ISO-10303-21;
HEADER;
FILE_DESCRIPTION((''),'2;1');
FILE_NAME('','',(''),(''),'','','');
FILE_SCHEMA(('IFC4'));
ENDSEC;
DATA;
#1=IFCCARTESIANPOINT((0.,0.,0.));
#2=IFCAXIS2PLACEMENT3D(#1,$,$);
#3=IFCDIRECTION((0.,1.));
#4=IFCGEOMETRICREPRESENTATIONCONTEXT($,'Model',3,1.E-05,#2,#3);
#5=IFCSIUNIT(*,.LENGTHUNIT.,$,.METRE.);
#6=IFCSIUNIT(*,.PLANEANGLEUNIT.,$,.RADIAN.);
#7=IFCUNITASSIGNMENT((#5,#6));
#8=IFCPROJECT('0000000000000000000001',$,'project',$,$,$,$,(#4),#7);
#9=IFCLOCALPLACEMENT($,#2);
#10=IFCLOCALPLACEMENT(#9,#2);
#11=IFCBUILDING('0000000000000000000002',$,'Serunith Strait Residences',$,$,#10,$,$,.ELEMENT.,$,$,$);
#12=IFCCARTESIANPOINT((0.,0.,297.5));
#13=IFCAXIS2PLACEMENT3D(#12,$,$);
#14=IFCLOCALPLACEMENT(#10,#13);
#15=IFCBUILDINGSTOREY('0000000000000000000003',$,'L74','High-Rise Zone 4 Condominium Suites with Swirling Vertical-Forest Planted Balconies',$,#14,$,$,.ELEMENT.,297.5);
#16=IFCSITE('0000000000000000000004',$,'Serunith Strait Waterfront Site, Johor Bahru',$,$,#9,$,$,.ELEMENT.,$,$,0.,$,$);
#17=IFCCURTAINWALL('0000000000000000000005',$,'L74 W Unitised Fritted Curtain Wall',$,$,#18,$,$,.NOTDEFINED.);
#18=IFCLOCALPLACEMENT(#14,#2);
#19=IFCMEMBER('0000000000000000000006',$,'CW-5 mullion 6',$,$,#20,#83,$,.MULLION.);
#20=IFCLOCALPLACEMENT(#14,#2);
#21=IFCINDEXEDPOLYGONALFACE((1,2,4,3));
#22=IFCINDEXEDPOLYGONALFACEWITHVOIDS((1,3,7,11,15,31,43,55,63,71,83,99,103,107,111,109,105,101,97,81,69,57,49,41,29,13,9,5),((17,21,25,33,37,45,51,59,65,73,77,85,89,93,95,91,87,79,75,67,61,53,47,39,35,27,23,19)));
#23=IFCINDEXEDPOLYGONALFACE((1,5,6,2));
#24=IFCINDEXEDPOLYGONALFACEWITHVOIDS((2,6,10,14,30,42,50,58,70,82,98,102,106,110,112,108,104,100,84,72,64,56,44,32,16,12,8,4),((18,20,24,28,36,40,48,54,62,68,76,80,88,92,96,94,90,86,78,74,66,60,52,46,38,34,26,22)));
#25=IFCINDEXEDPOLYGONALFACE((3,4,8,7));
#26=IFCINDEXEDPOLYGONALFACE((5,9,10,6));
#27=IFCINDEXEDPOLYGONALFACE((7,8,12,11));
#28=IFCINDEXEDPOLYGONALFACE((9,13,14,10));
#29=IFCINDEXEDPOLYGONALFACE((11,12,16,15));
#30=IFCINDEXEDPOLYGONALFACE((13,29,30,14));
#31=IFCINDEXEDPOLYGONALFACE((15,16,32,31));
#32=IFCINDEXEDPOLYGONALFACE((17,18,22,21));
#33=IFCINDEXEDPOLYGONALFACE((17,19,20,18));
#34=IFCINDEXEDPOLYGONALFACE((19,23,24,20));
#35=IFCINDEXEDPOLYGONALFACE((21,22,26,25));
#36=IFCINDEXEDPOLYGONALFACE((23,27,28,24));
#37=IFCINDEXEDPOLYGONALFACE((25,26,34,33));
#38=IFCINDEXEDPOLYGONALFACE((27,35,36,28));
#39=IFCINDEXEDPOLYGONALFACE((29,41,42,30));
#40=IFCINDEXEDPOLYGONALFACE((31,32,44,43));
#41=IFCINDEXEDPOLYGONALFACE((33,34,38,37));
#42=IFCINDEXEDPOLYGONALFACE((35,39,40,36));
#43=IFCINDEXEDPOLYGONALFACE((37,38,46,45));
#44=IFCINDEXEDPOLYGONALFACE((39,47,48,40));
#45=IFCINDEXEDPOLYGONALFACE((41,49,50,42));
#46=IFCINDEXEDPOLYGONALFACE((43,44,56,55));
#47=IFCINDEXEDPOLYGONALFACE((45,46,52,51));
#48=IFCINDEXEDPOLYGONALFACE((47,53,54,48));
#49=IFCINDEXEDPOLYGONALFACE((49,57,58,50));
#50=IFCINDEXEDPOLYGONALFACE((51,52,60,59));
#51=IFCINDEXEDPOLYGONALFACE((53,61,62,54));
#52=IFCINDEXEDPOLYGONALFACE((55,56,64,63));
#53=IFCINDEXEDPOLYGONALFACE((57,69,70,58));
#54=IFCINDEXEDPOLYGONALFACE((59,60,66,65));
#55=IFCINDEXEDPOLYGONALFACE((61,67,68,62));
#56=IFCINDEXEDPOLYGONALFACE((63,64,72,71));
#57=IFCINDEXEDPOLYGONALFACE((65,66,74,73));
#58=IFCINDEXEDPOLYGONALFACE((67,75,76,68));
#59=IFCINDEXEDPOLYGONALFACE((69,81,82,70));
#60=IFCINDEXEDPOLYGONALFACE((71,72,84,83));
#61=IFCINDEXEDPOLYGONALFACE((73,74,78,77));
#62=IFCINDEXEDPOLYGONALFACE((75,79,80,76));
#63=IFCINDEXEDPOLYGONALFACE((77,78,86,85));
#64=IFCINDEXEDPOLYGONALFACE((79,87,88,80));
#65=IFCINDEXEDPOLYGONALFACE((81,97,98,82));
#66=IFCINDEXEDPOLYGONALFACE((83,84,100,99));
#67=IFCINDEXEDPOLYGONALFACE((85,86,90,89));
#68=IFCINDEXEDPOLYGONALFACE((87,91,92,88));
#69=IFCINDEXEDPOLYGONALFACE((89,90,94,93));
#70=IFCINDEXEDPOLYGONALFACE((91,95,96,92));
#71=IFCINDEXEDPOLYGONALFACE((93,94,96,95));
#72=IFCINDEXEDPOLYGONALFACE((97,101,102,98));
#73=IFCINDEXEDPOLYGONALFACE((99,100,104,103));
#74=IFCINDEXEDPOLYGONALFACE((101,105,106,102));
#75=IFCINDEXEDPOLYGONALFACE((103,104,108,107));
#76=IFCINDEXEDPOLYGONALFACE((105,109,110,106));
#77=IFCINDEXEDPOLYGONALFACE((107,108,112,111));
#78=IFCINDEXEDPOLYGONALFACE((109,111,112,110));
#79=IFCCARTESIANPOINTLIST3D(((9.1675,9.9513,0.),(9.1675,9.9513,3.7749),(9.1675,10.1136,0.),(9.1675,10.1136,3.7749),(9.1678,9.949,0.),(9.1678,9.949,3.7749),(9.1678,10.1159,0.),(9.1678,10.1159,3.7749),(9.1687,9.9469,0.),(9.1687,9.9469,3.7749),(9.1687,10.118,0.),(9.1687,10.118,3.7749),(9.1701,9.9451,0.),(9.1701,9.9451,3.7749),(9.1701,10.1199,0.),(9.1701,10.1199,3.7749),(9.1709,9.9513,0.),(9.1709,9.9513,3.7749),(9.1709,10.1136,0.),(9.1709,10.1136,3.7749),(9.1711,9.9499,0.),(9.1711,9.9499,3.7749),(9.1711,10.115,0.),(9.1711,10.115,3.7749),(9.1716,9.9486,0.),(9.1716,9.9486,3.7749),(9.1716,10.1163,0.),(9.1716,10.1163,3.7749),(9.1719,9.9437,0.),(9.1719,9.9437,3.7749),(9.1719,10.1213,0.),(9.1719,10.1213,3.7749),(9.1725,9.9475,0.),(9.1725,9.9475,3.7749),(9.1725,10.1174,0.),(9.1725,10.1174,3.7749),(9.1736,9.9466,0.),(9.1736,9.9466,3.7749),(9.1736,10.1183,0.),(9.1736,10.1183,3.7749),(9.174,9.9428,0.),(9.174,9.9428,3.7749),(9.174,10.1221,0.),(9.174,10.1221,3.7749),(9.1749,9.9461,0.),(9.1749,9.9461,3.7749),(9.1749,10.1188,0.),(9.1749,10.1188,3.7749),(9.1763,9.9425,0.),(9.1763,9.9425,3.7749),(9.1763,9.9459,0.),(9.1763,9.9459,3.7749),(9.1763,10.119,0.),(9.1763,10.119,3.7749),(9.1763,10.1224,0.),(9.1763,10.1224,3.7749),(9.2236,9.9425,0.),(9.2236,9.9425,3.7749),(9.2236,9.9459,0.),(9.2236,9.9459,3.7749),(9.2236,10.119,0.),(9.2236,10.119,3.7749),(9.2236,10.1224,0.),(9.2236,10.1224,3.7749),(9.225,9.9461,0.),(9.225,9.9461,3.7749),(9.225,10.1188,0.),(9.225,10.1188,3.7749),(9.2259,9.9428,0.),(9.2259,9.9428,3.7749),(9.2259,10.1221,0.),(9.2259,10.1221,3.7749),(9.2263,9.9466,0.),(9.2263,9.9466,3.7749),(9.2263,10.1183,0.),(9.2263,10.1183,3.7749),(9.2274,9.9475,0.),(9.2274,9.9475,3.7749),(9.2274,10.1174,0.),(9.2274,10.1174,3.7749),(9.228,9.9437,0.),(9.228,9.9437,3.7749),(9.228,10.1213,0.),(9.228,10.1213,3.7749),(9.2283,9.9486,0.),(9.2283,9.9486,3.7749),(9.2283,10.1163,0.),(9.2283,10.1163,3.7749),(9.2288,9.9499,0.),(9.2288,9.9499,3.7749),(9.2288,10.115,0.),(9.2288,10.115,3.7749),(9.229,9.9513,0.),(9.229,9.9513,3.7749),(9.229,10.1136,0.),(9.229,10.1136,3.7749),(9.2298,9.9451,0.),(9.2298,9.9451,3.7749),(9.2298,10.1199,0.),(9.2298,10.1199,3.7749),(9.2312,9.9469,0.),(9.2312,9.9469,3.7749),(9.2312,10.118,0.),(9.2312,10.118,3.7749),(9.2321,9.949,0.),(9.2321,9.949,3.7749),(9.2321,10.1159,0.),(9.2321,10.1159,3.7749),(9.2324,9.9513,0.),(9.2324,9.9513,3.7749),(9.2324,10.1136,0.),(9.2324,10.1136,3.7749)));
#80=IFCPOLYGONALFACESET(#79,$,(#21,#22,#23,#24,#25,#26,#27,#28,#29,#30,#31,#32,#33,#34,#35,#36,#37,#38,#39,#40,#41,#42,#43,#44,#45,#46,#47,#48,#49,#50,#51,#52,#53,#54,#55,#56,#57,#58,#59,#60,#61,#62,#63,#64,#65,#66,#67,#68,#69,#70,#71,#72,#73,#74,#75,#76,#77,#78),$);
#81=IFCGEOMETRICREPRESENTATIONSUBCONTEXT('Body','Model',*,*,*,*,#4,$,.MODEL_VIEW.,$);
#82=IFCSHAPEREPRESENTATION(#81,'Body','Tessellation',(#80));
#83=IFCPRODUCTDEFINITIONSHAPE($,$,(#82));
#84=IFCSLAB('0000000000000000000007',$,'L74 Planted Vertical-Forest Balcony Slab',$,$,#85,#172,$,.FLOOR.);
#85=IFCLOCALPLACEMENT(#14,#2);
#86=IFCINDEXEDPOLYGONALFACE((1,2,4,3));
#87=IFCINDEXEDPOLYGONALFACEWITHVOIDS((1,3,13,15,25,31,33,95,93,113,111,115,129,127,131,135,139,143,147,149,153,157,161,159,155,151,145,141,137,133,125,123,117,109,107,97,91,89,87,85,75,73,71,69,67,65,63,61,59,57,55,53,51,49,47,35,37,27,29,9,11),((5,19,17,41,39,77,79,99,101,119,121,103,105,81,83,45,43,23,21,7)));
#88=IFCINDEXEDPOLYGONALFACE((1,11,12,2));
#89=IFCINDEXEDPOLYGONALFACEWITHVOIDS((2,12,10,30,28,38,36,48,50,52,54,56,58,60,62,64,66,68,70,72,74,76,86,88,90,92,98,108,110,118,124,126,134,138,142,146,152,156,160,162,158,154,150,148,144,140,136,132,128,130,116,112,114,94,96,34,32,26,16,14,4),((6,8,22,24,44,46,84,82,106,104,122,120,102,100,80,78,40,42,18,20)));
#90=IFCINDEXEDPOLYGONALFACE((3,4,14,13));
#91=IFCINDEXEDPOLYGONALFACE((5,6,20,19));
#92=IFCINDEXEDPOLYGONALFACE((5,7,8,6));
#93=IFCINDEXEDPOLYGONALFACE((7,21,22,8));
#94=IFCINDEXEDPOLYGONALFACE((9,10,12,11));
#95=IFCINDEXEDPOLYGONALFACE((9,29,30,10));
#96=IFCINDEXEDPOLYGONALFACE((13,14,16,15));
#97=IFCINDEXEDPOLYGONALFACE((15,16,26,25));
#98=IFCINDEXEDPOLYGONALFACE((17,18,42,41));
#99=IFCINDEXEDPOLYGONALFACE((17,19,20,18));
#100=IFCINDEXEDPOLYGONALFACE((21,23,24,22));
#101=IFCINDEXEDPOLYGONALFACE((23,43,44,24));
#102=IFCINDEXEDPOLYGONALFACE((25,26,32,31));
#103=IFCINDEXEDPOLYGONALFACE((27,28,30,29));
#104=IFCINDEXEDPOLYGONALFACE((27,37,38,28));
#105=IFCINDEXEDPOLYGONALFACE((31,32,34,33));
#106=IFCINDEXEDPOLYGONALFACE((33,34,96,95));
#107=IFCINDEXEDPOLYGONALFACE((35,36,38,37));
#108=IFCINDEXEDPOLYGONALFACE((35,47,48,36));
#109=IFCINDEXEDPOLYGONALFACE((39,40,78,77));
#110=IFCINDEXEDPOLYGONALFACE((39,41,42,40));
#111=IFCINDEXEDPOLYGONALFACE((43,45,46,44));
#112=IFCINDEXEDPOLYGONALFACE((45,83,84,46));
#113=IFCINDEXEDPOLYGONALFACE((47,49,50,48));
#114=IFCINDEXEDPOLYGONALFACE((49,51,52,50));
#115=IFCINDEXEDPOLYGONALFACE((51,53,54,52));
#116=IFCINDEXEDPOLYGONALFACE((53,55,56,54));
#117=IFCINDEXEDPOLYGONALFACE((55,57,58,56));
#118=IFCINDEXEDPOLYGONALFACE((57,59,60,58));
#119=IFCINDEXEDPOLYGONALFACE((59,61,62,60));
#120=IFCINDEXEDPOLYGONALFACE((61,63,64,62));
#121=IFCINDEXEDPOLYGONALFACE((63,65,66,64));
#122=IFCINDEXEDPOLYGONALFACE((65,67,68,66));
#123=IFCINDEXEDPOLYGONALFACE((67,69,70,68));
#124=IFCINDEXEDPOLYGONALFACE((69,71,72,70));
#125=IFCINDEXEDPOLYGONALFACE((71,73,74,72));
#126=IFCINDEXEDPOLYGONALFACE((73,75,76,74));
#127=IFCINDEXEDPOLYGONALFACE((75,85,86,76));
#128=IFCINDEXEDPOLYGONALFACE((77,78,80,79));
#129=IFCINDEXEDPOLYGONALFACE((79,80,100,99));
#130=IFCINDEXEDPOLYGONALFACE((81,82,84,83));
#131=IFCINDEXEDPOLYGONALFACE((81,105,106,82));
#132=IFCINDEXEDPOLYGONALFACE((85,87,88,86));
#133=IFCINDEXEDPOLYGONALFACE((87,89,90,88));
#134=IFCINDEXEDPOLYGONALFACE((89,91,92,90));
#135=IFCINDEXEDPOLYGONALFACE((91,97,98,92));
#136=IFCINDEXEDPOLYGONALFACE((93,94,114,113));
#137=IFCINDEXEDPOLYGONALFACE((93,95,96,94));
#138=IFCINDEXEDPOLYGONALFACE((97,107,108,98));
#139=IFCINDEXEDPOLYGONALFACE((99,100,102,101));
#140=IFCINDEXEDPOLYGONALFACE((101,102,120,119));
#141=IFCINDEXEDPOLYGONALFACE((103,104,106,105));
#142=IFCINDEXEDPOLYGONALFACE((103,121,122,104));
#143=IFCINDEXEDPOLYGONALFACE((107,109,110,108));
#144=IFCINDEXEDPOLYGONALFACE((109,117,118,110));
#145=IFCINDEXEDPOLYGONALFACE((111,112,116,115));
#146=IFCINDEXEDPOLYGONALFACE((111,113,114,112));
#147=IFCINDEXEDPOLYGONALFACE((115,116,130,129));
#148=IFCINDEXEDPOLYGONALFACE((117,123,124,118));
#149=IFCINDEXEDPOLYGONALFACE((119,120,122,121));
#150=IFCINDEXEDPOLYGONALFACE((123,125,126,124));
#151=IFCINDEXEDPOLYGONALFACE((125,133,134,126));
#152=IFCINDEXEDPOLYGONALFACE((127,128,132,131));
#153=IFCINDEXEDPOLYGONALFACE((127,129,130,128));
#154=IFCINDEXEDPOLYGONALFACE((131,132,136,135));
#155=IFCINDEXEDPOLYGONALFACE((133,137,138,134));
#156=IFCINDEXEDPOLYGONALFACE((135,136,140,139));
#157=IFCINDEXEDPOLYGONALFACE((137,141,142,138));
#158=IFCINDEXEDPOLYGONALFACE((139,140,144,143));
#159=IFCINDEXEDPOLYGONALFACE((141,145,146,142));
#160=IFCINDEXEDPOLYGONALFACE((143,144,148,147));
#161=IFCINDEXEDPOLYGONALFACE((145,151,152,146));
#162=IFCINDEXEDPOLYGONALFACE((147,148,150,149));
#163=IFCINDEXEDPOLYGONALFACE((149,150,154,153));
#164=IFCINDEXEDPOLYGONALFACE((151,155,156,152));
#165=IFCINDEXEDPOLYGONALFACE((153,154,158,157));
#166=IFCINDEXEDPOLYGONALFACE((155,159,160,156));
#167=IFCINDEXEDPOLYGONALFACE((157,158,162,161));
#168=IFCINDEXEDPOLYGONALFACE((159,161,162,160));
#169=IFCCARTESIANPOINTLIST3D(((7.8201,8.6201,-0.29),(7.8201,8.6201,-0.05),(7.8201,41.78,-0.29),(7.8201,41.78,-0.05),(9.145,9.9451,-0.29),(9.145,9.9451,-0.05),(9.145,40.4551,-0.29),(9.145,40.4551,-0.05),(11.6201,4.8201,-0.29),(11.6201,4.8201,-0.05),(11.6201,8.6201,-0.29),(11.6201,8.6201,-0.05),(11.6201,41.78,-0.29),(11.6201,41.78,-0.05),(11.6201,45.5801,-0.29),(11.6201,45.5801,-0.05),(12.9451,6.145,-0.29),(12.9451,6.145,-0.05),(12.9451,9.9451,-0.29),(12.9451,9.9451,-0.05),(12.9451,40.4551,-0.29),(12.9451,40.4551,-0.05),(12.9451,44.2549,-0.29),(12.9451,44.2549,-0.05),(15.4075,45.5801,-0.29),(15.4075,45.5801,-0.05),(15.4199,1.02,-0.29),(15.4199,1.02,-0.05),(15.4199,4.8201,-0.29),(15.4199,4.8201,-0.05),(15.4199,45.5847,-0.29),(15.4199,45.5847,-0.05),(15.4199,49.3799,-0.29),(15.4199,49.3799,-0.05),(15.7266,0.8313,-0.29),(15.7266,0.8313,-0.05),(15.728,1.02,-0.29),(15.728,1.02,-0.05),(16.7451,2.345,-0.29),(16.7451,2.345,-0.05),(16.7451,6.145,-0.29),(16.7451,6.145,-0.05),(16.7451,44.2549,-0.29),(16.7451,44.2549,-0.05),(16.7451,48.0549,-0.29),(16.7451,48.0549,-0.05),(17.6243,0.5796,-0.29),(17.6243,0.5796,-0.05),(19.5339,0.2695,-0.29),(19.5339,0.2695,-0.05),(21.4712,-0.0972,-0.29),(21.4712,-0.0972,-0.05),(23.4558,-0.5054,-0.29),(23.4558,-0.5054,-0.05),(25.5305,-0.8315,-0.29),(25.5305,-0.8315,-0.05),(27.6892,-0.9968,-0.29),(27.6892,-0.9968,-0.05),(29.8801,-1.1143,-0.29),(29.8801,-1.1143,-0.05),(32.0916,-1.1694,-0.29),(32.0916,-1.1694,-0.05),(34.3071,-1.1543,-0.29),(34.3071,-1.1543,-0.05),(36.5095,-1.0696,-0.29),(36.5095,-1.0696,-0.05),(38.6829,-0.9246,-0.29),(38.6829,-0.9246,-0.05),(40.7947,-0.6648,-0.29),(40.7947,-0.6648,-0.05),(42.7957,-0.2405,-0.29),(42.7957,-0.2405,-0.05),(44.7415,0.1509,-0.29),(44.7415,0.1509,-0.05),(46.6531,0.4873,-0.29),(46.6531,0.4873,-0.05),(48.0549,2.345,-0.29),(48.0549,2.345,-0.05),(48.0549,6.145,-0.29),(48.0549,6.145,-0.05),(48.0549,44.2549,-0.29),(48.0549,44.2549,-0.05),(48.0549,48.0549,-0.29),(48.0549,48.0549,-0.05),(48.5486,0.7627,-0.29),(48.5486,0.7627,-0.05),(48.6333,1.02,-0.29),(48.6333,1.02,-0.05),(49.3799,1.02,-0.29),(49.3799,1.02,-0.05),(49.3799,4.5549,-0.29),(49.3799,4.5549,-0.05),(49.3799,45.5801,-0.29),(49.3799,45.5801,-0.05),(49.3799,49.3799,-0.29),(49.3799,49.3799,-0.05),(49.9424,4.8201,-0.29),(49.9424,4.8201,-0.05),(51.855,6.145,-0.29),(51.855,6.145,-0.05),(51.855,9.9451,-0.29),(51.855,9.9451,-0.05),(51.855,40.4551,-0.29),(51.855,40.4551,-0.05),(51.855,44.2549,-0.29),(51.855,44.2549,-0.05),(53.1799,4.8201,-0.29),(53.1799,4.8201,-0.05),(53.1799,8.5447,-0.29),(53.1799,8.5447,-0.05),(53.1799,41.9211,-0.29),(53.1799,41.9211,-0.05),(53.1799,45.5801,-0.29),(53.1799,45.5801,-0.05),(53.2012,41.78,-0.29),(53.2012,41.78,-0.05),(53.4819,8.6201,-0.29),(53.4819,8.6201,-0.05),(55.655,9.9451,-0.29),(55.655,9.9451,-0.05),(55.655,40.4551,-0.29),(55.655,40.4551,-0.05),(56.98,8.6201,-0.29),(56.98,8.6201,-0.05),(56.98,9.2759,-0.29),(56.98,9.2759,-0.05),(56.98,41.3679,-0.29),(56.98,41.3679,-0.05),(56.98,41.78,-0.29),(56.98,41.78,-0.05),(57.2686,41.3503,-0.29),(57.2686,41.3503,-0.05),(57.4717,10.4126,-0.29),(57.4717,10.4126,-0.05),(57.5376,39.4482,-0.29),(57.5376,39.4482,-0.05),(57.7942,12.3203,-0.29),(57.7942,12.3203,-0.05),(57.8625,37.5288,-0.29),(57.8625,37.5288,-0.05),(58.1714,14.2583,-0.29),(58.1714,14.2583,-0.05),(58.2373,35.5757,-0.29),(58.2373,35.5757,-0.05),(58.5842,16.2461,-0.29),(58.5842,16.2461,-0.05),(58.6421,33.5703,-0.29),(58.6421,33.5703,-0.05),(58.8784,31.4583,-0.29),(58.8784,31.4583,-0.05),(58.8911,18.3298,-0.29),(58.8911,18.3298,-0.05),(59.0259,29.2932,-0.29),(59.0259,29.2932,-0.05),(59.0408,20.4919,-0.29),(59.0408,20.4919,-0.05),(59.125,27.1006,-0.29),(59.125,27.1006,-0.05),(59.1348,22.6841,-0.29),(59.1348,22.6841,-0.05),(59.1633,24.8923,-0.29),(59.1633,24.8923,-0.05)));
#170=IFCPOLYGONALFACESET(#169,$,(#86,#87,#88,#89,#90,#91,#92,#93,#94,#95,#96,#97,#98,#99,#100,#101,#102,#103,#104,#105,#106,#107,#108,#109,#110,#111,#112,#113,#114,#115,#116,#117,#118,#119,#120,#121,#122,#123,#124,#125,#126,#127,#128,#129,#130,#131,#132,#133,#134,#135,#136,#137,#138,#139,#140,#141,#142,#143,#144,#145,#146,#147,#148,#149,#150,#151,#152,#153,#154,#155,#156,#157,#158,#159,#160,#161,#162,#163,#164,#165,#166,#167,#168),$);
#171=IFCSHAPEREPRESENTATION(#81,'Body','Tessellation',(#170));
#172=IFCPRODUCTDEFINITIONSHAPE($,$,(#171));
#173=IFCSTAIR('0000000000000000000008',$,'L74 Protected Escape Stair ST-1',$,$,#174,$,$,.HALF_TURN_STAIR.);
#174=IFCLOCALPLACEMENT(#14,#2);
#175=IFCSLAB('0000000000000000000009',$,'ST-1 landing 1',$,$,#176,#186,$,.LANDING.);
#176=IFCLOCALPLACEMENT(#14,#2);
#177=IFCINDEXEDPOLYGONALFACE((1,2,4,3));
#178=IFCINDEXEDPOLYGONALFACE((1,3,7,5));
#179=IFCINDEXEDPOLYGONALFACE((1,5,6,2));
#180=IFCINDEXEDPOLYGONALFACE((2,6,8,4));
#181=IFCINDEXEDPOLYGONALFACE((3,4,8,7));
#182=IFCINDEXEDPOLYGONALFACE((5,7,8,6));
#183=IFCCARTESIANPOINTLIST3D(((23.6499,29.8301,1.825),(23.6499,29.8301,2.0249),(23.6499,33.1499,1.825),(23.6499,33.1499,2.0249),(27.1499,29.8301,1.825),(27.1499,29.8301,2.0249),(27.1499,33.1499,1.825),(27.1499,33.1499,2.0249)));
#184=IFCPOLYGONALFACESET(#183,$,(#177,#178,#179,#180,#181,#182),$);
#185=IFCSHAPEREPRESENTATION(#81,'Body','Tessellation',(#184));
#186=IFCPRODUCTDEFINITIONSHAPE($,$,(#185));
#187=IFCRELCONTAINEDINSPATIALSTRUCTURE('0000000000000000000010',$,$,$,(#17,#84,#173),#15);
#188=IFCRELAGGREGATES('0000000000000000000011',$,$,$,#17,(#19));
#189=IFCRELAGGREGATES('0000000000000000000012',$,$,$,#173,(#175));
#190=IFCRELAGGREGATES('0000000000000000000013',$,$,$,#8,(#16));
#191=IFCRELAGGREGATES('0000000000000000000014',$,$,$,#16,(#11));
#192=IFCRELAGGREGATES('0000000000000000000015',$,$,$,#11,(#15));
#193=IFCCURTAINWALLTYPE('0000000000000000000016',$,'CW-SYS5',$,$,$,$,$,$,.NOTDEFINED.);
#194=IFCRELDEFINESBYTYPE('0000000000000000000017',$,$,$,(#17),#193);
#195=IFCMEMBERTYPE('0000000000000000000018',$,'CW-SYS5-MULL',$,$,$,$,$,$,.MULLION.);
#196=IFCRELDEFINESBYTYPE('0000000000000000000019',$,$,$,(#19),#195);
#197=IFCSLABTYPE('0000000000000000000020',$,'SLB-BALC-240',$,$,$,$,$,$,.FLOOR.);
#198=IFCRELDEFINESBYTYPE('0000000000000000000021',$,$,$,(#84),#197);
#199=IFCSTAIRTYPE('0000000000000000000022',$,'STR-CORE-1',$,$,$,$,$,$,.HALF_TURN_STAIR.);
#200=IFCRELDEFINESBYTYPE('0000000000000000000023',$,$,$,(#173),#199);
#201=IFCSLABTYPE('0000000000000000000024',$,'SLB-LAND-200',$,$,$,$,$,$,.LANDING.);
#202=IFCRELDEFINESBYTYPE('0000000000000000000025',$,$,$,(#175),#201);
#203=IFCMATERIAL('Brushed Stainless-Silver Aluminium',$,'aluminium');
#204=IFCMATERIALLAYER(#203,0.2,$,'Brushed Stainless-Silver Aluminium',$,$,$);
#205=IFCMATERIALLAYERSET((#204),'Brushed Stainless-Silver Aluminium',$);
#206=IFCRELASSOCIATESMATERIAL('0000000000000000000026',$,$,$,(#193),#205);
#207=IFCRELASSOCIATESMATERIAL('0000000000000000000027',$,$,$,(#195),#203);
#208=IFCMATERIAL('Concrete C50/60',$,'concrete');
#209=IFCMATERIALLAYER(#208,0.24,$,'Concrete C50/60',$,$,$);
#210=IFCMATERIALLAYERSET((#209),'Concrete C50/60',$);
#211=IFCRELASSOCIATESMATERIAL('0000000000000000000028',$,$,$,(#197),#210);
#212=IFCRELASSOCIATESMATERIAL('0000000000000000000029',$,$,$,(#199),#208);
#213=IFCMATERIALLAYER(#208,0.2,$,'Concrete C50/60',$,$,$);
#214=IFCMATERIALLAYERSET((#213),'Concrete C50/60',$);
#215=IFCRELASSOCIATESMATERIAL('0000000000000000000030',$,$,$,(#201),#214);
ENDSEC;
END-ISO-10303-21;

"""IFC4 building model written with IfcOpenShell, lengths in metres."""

from ifc_helpers import new_model, si_unit, direction, frame, origin, origin_2d, place, context, subcontext, project, spatial, polyline, hollow_rectangle, outline, extrude, source, transform, mapped, material, layer, layer_set, material_profile, profile_set, type_object, element, aggregate, save


model = new_model("IFC4")

# Units and contexts
model_context = context("Model", 3, precision=1e-05, world=origin(), true_north=direction((0.0, 1.0)))
body_context = subcontext(model_context, "Body", "Model", "MODEL_VIEW")
ifc_project = project(units=[si_unit("LENGTHUNIT", "METRE"), si_unit("PLANEANGLEUNIT", "RADIAN")], contexts=[model_context])

# Site, building, storey
site_placement = place(None, origin())
site = spatial("IfcSite", under=ifc_project, at=site_placement, Name="Serunith Strait Waterfront Site, Johor Bahru", CompositionType="ELEMENT", RefElevation=0.0)
building_placement = place(site_placement, origin())
building = spatial("IfcBuilding", under=site, at=building_placement, Name="Serunith Strait Residences", CompositionType="ELEMENT")
storey_placement = place(building_placement, frame((0.0, 0.0, 297.5)))
storey = spatial("IfcBuildingStorey", under=building, at=storey_placement, Name="L74", Description="High-Rise Zone 4 Condominium Suites with Swirling Vertical-Forest Planted Balconies", CompositionType="ELEMENT", Elevation=297.5)

# Shared definitions
ifc_material_1 = material(Name="Brushed Stainless-Silver Aluminium", Category="aluminium")
ifc_layer_1 = layer(ifc_material_1, 0.2, Name="Brushed Stainless-Silver Aluminium")
ifc_layer_set_1 = layer_set([ifc_layer_1], Name="Brushed Stainless-Silver Aluminium")
curtain_wall_type = type_object("IfcCurtainWallType", Name="CW-SYS5", PredefinedType="NOTDEFINED", material=ifc_layer_set_1)
ifc_material_profile_1 = material_profile(ifc_material_1, hollow_rectangle(XDim=0.0649, YDim=0.1799, WallThickness=0.0034, InnerFilletRadius=0.0054, OuterFilletRadius=0.0088, at=origin_2d()), Name="ALU 180x65x3.5")
ifc_profile_set_1 = profile_set([ifc_material_profile_1], Name="Brushed Stainless-Silver Aluminium")
member_type_1 = type_object("IfcMemberType", Name="CW-SYS5-MULL", PredefinedType="MULLION", material=ifc_profile_set_1)
shared_shape_1 = source(origin(), body_context, "Body", "SweptSolid", [
    extrude(hollow_rectangle(XDim=0.0649, YDim=0.1799, WallThickness=0.0034, InnerFilletRadius=0.0054, OuterFilletRadius=0.0088, at=origin_2d()), origin(), (0.0, 0.0, 1.0), 3.7749),
])

# Curtain wall, member
curtain_wall_1_placement = place(storey_placement, origin())
curtain_wall_1 = element("IfcCurtainWall", 1, at=curtain_wall_1_placement, inside=storey, type_object=curtain_wall_type, Name="L74 W Unitised Fritted Curtain Wall", PredefinedType="NOTDEFINED")
member_1_placement = place(storey_placement, frame((9.2, 10.0325, 0.0), z_axis=(0.0, 0.0, 1.0), x_axis=(1.0, 0.0, 0.0)))
member_1 = element("IfcMember", 2, at=member_1_placement, type_object=member_type_1, Name="CW-5 mullion 6", PredefinedType="MULLION", context=body_context, shape_type="MappedRepresentation", body=[
    mapped(shared_shape_1, transform((0.0, 0.0, 0.0), scale=1.0)),
])
aggregate(curtain_wall_1, [member_1])

# Slab
ifc_material_2 = material(Name="Concrete C50/60", Category="concrete")
ifc_layer_2 = layer(ifc_material_2, 0.24, Name="Concrete C50/60")
ifc_layer_set_2 = layer_set([ifc_layer_2], Name="Concrete C50/60")
slab_type_1 = type_object("IfcSlabType", Name="SLB-BALC-240", PredefinedType="FLOOR", material=ifc_layer_set_2)
slab_1_placement = place(storey_placement, frame((0.0, 0.0, -0.29)))
element("IfcSlab", 3, at=slab_1_placement, inside=storey, type_object=slab_type_1, Name="L74 Planted Vertical-Forest Balcony Slab", PredefinedType="FLOOR", context=body_context, shape_type="SweptSolid", body=[
    extrude(outline(polyline([(15.4199, 1.02), (15.4199, 4.8201), (11.6201, 4.8201), (11.6201, 8.6201), (7.8201, 8.6201), (7.8201, 41.78), (11.6201, 41.78), (11.6201, 45.5801), (15.4075, 45.5801), (15.4199, 45.5847), (15.4199, 49.3799), (49.3799, 49.3799), (49.3799, 45.5801), (53.1799, 45.5801), (53.1799, 41.9211), (53.2012, 41.78), (56.98, 41.78), (56.98, 41.3679), (57.2686, 41.3503), (57.5376, 39.4482), (57.8625, 37.5288), (58.2373, 35.5757), (58.6421, 33.5703), (58.8784, 31.4583), (59.0259, 29.2932), (59.125, 27.1006), (59.1633, 24.8923), (59.1348, 22.6841), (59.0408, 20.4919), (58.8911, 18.3298), (58.5842, 16.2461), (58.1714, 14.2583), (57.7942, 12.3203), (57.4717, 10.4126), (56.98, 9.2759), (56.98, 8.6201), (53.4819, 8.6201), (53.1799, 8.5447), (53.1799, 4.8201), (49.9424, 4.8201), (49.3799, 4.5549), (49.3799, 1.02), (48.6333, 1.02), (48.5486, 0.7627), (46.6531, 0.4873), (44.7415, 0.1509), (42.7957, -0.2405), (40.7947, -0.6648), (38.6829, -0.9246), (36.5095, -1.0696), (34.3071, -1.1543), (32.0916, -1.1694), (29.8801, -1.1143), (27.6892, -0.9968), (25.5305, -0.8315), (23.4558, -0.5054), (21.4712, -0.0972), (19.5339, 0.2695), (17.6243, 0.5796), (15.7266, 0.8313), (15.728, 1.02), (15.4199, 1.02)]), holes=[polyline([(48.0549, 2.345), (48.0549, 6.145), (51.855, 6.145), (51.855, 9.9451), (55.655, 9.9451), (55.655, 40.4551), (51.855, 40.4551), (51.855, 44.2549), (48.0549, 44.2549), (48.0549, 48.0549), (16.7451, 48.0549), (16.7451, 44.2549), (12.9451, 44.2549), (12.9451, 40.4551), (9.145, 40.4551), (9.145, 9.9451), (12.9451, 9.9451), (12.9451, 6.145), (16.7451, 6.145), (16.7451, 2.345), (48.0549, 2.345)])]), origin(), (0.0, 0.0, 1.0), 0.24),
])

# Stair, slab
stair_type_1 = type_object("IfcStairType", Name="STR-CORE-1", PredefinedType="HALF_TURN_STAIR", material=ifc_material_2)
stair_1_placement = place(storey_placement, origin())
stair_1 = element("IfcStair", 4, at=stair_1_placement, inside=storey, type_object=stair_type_1, Name="L74 Protected Escape Stair ST-1", PredefinedType="HALF_TURN_STAIR")
ifc_layer_3 = layer(ifc_material_2, 0.2, Name="Concrete C50/60")
ifc_layer_set_3 = layer_set([ifc_layer_3], Name="Concrete C50/60")
slab_type_2 = type_object("IfcSlabType", Name="SLB-LAND-200", PredefinedType="LANDING", material=ifc_layer_set_3)
slab_2_placement = place(storey_placement, frame((0.0, 0.0, 1.825)))
slab_2 = element("IfcSlab", 5, at=slab_2_placement, type_object=slab_type_2, Name="ST-1 landing 1", PredefinedType="LANDING", context=body_context, shape_type="SweptSolid", body=[
    extrude(outline(polyline([(27.1499, 29.8301), (27.1499, 33.1499), (23.6499, 33.1499), (23.6499, 29.8301), (27.1499, 29.8301)])), origin(), (0.0, 0.0, 1.0), 0.2),
])
aggregate(stair_1, [slab_2])

save(model, "model.ifc")
